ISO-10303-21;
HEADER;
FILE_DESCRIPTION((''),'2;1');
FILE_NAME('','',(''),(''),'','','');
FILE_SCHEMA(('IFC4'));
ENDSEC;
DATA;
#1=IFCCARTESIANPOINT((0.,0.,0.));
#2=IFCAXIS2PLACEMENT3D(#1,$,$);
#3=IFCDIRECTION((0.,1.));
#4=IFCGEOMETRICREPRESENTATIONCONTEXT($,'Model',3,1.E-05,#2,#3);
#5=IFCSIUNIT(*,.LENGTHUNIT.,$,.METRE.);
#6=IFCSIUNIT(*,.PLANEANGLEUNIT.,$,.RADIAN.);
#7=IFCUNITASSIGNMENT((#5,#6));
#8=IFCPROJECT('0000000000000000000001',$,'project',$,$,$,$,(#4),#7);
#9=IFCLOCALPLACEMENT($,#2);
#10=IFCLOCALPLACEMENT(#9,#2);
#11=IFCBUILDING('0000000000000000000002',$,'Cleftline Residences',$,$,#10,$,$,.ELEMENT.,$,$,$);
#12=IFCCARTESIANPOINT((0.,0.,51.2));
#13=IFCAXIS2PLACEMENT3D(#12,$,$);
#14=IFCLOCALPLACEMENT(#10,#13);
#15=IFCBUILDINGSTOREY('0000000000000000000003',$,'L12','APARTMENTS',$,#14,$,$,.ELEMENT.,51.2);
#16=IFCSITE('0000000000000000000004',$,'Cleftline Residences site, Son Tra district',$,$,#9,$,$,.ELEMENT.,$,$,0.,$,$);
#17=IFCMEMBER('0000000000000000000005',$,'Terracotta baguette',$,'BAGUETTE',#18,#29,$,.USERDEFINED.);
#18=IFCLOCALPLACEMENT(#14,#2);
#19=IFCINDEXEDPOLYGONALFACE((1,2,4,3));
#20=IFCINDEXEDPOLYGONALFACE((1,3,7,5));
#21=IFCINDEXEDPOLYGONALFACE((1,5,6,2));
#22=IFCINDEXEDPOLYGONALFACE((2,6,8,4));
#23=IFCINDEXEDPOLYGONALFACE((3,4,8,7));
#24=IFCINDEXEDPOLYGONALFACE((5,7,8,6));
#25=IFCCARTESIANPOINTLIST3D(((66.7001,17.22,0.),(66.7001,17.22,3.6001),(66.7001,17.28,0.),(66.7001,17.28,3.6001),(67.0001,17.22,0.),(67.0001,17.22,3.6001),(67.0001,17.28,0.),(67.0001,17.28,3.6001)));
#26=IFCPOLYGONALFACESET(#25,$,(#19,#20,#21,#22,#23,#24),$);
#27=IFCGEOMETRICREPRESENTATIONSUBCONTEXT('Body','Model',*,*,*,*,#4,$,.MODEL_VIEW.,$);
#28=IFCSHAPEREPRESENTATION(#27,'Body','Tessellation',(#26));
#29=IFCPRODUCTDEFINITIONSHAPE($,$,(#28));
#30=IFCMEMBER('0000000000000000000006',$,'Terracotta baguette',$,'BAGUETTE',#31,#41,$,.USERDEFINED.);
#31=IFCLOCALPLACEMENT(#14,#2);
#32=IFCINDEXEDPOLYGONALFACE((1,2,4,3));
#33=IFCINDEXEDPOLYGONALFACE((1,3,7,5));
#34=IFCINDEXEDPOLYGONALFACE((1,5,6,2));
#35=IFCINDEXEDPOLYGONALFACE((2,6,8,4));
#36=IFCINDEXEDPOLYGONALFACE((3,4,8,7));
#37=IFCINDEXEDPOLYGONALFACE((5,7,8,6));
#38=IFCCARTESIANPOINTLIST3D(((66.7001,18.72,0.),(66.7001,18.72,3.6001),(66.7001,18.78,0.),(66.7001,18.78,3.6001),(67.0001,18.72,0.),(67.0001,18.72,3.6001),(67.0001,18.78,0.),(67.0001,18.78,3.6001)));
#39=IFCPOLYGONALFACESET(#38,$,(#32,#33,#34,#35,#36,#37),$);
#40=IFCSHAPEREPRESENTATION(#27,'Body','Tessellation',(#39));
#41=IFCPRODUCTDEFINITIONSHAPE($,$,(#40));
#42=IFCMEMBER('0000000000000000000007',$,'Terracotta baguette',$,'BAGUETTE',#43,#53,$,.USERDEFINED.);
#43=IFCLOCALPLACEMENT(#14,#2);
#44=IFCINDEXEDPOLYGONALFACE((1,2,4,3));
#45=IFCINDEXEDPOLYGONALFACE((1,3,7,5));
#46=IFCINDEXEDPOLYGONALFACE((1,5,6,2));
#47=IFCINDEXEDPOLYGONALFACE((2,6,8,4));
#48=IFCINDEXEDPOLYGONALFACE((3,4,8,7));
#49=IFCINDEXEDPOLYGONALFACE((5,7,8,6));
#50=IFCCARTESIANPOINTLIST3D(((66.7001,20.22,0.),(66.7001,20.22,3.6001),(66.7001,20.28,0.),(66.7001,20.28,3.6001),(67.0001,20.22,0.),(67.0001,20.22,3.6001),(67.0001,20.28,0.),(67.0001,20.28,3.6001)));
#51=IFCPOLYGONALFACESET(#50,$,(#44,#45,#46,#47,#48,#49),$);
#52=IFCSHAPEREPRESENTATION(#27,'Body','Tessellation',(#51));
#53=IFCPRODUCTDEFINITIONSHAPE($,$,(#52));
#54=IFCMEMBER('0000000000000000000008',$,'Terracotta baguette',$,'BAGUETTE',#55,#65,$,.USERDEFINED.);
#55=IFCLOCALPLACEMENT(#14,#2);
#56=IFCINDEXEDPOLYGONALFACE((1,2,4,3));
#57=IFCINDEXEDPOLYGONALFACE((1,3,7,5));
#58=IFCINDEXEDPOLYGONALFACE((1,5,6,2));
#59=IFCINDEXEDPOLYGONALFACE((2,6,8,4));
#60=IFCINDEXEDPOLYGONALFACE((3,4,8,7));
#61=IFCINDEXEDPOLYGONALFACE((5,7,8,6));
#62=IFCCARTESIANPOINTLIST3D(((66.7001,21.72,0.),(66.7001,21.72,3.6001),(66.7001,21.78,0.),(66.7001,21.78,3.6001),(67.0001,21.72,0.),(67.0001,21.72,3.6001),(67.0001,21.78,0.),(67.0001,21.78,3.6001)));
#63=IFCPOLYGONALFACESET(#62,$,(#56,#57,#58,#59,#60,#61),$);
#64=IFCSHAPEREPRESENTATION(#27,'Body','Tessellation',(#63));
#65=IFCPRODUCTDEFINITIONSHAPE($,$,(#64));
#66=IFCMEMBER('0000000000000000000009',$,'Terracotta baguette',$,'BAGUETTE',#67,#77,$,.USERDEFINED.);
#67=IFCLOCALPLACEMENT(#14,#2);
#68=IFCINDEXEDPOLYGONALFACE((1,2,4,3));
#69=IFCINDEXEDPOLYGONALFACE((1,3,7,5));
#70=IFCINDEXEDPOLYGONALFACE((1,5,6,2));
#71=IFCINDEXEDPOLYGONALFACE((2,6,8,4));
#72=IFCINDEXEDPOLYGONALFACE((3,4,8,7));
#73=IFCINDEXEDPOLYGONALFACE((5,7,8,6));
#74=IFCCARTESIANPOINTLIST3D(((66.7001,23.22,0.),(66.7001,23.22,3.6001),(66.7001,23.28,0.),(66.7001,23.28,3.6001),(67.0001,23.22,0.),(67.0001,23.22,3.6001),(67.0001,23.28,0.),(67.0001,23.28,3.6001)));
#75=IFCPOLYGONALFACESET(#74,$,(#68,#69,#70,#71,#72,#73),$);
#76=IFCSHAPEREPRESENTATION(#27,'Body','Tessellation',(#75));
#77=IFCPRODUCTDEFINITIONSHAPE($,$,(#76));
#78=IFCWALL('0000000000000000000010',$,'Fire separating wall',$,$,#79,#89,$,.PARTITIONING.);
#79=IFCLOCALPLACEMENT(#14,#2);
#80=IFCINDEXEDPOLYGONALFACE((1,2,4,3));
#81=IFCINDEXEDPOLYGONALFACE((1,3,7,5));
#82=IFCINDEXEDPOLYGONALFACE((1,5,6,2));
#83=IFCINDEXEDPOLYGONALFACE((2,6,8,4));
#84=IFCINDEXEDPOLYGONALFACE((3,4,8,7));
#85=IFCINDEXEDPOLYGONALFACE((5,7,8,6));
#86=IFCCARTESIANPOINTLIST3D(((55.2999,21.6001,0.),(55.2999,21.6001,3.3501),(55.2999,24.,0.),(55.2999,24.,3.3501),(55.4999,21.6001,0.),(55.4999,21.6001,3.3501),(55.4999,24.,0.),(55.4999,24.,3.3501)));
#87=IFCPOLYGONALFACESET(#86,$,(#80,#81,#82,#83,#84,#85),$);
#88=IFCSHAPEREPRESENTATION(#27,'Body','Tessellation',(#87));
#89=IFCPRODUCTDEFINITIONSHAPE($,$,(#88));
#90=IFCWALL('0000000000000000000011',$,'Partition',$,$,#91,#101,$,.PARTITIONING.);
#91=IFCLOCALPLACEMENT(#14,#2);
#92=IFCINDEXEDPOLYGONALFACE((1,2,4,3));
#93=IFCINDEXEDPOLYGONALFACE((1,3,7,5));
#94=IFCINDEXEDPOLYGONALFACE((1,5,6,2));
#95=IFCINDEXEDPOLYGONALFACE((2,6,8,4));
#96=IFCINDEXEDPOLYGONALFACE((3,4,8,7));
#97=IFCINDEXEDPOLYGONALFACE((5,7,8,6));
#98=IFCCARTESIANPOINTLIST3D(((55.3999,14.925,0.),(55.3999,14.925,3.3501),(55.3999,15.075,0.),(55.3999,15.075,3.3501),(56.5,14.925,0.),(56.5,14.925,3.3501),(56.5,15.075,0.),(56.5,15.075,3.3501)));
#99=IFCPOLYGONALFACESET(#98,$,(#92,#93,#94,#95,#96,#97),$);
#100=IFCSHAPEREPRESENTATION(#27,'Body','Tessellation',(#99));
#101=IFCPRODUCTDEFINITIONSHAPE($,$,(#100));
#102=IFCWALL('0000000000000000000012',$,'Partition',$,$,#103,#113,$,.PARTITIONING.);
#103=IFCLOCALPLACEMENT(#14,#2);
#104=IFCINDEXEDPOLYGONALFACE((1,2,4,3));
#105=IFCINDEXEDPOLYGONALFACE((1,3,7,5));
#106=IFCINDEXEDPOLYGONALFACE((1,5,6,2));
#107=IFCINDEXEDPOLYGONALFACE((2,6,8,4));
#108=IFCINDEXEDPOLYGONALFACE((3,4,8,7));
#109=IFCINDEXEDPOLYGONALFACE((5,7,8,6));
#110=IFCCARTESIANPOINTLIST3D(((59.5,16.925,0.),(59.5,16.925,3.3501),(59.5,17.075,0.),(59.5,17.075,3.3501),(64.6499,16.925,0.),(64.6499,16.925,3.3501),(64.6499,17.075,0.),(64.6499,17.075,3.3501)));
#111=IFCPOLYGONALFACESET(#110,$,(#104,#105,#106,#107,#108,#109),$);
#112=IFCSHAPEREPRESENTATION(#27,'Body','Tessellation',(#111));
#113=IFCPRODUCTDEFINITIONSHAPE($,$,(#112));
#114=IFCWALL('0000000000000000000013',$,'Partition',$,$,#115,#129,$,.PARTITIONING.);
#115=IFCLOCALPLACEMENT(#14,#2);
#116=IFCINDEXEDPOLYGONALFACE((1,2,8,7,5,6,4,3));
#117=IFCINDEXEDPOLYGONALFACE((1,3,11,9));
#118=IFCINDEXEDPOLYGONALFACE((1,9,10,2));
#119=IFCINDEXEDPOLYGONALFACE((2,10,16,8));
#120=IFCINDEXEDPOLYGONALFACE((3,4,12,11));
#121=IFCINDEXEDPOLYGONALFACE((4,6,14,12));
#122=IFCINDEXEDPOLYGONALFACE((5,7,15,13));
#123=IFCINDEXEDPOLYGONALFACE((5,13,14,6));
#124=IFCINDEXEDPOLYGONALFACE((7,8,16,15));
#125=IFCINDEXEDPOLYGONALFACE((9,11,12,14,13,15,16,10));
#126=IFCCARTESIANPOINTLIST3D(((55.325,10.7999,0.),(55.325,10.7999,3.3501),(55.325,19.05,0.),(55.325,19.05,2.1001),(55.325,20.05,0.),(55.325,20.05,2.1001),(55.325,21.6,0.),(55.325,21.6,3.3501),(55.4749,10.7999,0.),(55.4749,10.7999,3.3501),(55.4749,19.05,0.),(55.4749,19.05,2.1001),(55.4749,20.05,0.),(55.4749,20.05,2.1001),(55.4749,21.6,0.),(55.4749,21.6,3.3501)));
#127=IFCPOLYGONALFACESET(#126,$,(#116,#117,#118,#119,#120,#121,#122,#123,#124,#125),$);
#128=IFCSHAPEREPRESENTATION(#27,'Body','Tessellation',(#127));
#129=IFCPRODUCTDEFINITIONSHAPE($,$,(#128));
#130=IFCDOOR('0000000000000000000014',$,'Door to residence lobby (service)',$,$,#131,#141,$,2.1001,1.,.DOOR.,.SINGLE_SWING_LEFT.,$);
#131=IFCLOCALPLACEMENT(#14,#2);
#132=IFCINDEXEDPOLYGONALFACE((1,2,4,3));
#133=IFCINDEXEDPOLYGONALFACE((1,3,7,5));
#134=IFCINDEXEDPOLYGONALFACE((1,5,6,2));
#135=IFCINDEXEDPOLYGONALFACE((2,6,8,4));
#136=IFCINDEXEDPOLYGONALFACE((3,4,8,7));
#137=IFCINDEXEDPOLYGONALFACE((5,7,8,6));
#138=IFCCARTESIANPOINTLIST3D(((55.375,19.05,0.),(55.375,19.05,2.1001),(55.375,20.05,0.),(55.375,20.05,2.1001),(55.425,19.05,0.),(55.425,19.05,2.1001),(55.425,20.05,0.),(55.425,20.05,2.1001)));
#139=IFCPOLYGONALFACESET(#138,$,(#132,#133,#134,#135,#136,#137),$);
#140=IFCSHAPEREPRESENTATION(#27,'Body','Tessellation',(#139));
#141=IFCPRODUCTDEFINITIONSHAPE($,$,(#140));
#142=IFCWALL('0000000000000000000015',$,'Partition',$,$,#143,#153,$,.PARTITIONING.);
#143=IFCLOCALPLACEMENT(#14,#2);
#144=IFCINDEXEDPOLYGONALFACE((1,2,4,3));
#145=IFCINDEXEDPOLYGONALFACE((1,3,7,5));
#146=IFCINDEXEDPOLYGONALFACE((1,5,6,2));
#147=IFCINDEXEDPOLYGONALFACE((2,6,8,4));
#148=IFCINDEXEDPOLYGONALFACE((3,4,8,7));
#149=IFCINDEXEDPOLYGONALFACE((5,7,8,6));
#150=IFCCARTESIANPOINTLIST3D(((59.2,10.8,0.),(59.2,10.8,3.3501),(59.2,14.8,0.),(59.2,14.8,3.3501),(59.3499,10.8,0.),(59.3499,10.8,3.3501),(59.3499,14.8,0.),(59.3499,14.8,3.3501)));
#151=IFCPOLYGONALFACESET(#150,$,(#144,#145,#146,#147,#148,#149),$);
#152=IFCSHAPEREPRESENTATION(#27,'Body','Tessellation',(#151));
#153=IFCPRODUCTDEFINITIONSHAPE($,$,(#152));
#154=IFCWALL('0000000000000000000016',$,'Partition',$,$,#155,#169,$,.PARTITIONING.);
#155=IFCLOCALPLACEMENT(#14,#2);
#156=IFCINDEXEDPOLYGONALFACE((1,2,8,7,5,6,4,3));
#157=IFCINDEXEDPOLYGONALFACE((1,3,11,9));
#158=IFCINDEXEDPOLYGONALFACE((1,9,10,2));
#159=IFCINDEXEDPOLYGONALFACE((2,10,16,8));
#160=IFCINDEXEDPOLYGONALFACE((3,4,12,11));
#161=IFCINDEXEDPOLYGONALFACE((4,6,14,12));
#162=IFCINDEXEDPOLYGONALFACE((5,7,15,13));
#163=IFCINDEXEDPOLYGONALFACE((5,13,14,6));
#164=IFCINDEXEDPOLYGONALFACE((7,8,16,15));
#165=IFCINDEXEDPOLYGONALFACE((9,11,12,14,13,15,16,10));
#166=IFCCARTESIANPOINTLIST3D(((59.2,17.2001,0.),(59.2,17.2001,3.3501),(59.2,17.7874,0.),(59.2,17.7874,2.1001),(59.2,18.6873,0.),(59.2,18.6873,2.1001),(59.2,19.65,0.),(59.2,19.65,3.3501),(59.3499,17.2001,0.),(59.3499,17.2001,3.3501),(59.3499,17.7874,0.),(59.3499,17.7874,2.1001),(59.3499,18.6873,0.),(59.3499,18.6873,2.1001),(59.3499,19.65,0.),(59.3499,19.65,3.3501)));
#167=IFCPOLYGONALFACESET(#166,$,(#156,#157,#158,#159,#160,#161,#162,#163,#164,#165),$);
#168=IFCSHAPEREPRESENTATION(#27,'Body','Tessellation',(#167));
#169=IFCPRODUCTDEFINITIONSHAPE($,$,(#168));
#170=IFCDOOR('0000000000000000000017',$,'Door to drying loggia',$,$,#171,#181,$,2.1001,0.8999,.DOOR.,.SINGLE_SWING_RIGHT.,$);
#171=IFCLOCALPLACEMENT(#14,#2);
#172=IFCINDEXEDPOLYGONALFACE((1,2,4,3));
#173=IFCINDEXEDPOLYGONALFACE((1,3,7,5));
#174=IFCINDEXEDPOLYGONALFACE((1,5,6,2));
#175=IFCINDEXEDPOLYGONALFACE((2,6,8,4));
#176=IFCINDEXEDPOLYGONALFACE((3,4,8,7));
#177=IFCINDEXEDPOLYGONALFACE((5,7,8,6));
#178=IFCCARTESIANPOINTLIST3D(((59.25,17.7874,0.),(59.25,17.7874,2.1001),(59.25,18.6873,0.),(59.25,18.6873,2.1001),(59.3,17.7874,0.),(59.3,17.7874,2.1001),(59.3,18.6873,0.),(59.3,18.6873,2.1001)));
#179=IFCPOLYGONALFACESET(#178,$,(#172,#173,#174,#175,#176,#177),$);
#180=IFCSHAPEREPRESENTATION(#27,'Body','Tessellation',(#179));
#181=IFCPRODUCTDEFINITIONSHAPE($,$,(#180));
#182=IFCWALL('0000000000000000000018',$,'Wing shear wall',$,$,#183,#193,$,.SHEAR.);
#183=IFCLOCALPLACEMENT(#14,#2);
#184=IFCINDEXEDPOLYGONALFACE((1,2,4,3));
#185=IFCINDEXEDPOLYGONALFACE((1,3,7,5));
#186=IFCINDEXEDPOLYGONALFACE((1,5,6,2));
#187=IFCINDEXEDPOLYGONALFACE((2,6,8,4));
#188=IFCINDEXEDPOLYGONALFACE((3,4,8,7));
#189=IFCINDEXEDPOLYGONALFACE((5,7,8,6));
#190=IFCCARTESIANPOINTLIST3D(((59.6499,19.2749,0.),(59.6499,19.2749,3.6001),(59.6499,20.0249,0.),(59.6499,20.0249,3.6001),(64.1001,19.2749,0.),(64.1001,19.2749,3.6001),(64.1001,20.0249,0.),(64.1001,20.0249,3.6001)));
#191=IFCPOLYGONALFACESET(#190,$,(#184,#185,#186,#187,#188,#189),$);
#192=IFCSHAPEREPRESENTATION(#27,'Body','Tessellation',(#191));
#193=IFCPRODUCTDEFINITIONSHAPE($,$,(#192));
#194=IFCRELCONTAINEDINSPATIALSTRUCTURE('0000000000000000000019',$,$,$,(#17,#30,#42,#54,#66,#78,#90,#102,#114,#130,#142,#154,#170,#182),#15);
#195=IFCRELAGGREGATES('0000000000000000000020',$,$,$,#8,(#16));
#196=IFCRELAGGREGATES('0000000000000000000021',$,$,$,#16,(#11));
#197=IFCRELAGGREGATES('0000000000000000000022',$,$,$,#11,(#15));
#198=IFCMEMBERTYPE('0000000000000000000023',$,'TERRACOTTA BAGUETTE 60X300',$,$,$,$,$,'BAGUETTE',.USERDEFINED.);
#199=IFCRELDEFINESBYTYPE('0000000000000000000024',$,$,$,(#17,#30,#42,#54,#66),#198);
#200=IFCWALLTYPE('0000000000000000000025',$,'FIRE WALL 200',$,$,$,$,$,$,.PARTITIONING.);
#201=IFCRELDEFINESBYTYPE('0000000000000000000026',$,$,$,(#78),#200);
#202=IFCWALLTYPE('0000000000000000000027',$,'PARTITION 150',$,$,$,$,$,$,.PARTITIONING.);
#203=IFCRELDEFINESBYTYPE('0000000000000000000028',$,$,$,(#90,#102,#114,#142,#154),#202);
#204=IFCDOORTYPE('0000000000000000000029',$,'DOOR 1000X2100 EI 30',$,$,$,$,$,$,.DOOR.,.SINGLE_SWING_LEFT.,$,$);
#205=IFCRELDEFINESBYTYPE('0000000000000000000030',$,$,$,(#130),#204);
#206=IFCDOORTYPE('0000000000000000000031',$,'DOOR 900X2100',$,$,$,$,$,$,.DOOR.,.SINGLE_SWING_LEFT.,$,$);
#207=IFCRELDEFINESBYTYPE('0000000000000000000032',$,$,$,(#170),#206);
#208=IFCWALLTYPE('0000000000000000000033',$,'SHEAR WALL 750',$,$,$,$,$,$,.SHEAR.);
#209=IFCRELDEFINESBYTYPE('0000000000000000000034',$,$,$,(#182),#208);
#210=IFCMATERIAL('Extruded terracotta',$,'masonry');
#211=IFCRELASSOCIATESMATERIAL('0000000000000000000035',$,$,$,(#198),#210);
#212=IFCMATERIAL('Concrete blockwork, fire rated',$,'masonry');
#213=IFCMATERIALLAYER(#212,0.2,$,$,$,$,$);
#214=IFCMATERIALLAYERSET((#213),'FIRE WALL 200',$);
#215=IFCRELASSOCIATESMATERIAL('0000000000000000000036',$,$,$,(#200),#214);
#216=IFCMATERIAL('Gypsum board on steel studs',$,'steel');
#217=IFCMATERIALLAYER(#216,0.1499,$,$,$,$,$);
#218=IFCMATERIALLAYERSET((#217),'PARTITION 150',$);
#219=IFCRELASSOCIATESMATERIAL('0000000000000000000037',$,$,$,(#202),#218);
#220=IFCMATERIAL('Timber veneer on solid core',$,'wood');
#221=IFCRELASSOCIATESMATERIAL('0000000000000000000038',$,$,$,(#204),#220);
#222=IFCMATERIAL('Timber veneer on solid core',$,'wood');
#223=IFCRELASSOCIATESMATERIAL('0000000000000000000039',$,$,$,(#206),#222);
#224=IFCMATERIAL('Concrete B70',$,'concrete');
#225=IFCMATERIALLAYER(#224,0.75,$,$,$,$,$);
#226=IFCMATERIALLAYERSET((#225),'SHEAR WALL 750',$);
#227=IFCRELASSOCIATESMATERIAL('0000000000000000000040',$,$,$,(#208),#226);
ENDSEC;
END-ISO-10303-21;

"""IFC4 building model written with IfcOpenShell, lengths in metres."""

from ifc_helpers import new_model, si_unit, direction, frame, frame_2d, origin, origin_2d, place, context, subcontext, project, spatial, rectangle, extrude, material, layer, layer_set, material_profile, profile_set, type_object, element, fill, save


model = new_model("IFC4")

# Units and contexts
model_context = context("Model", 3, precision=1e-05, world=origin(), true_north=direction((0.0, 1.0)))
body_context = subcontext(model_context, "Body", "Model", "MODEL_VIEW")
ifc_project = project(units=[si_unit("LENGTHUNIT", "METRE"), si_unit("PLANEANGLEUNIT", "RADIAN")], contexts=[model_context])

# Site, building, storey
site_placement = place(None, origin())
site = spatial("IfcSite", under=ifc_project, at=site_placement, Name="Cleftline Residences site, Son Tra district", CompositionType="ELEMENT", RefElevation=0.0)
building_placement = place(site_placement, origin())
building = spatial("IfcBuilding", under=site, at=building_placement, Name="Cleftline Residences", CompositionType="ELEMENT")
storey_placement = place(building_placement, frame((0.0, 0.0, 51.2)))
storey = spatial("IfcBuildingStorey", under=building, at=storey_placement, Name="L12", Description="APARTMENTS", CompositionType="ELEMENT", Elevation=51.2)

# Members
ifc_material_1 = material(Name="Extruded terracotta", Category="masonry")
ifc_material_profile_1 = material_profile(ifc_material_1, rectangle(XDim=0.0601, YDim=0.3, at=origin_2d()))
ifc_profile_set_1 = profile_set([ifc_material_profile_1], Name="Extruded terracotta")
member_type_1 = type_object("IfcMemberType", Name="TERRACOTTA BAGUETTE 60X300", ElementType="BAGUETTE", PredefinedType="USERDEFINED", material=ifc_profile_set_1)
for number, where, z_axis, x_axis, name in (
    (1, (66.8501, 17.25, 0.0), (0.0, 0.0, 1.0), (0.0, 1.0, 0.0), "Terracotta baguette"),
    (2, (66.8501, 18.75, 0.0), (0.0, 0.0, 1.0), (0.0, 1.0, 0.0), "Terracotta baguette"),
    (3, (66.8501, 20.25, 0.0), (0.0, 0.0, 1.0), (0.0, 1.0, 0.0), "Terracotta baguette"),
    (4, (66.8501, 21.75, 0.0), (0.0, 0.0, 1.0), (0.0, 1.0, 0.0), "Terracotta baguette"),
    (5, (66.8501, 23.25, 0.0), (0.0, 0.0, 1.0), (0.0, 1.0, 0.0), "Terracotta baguette"),
):
    element("IfcMember", number, at=place(storey_placement, frame(where, z_axis=z_axis, x_axis=x_axis)), inside=storey, type_object=member_type_1, Name=name, ObjectType="BAGUETTE", PredefinedType="USERDEFINED", context=body_context, shape_type="SweptSolid", body=[
        extrude(rectangle(XDim=0.0601, YDim=0.3, at=origin_2d()), origin(), (0.0, 0.0, 1.0), 3.6001),
    ])

# Walls
ifc_material_2 = material(Name="Concrete blockwork, fire rated", Category="masonry")
ifc_layer_1 = layer(ifc_material_2, 0.2)
ifc_layer_set_1 = layer_set([ifc_layer_1], Name="FIRE WALL 200")
wall_type_1 = type_object("IfcWallType", Name="FIRE WALL 200", PredefinedType="PARTITIONING", material=ifc_layer_set_1)
wall_1_placement = place(storey_placement, frame((55.3999, 21.6001, 0.0), z_axis=(0.0, 0.0, 1.0), x_axis=(0.0, 1.0, 0.0)))
element("IfcWall", 6, at=wall_1_placement, inside=storey, type_object=wall_type_1, Name="Fire separating wall", PredefinedType="PARTITIONING", context=body_context, shape_type="SweptSolid", body=[
    extrude(rectangle(XDim=2.3999, YDim=0.2, at=frame_2d((1.2, 0.0))), origin(), (0.0, 0.0, 1.0), 3.3501),
])
ifc_material_3 = material(Name="Gypsum board on steel studs", Category="steel")
ifc_layer_2 = layer(ifc_material_3, 0.1499)
ifc_layer_set_2 = layer_set([ifc_layer_2], Name="PARTITION 150")
wall_type_2 = type_object("IfcWallType", Name="PARTITION 150", PredefinedType="PARTITIONING", material=ifc_layer_set_2)
wall_2_placement = place(storey_placement, frame((55.3999, 15.0, 0.0), z_axis=(0.0, 0.0, 1.0), x_axis=(1.0, 0.0, 0.0)))
element("IfcWall", 7, at=wall_2_placement, inside=storey, type_object=wall_type_2, Name="Partition", PredefinedType="PARTITIONING", context=body_context, shape_type="SweptSolid", body=[
    extrude(rectangle(XDim=1.1001, YDim=0.1499, at=frame_2d((0.55, 0.0))), origin(), (0.0, 0.0, 1.0), 3.3501),
])
wall_3_placement = place(storey_placement, frame((59.5, 17.0, 0.0), z_axis=(0.0, 0.0, 1.0), x_axis=(1.0, 0.0, 0.0)))
element("IfcWall", 8, at=wall_3_placement, inside=storey, type_object=wall_type_2, Name="Partition", PredefinedType="PARTITIONING", context=body_context, shape_type="SweptSolid", body=[
    extrude(rectangle(XDim=5.1499, YDim=0.1499, at=frame_2d((2.575, 0.0))), origin(), (0.0, 0.0, 1.0), 3.3501),
])

# Wall, opening, door
wall_4_placement = place(storey_placement, frame((55.3999, 10.8, 0.0), z_axis=(0.0, 0.0, 1.0), x_axis=(0.0, 1.0, 0.0)))
wall_4 = element("IfcWall", 9, at=wall_4_placement, inside=storey, type_object=wall_type_2, Name="Partition", PredefinedType="PARTITIONING", context=body_context, shape_type="SweptSolid", body=[
    extrude(rectangle(XDim=10.8, YDim=0.1499, at=frame_2d((5.3999, 0.0))), origin(), (0.0, 0.0, 1.0), 3.3501),
])
opening_1_placement = place(wall_4_placement, frame((8.25, 0.0, 0.0)))
opening_1 = element("IfcOpeningElement", 10, at=opening_1_placement, cuts=wall_4, PredefinedType="OPENING", context=body_context, shape_type="SweptSolid", body=[
    extrude(rectangle(XDim=1.0, YDim=2.1001, at=frame_2d((0.5, 1.05))), frame((0.0, 0.085, 0.0), z_axis=(0.0, -1.0, 0.0), x_axis=(1.0, 0.0, 0.0)), (0.0, 0.0, 1.0), 0.1699),
])
ifc_material_4 = material(Name="Timber veneer on solid core", Category="wood")
door_type_1 = type_object("IfcDoorType", Name="DOOR 1000X2100 EI 30", OperationType="SINGLE_SWING_LEFT", PredefinedType="DOOR", material=ifc_material_4)
door_1_placement = place(opening_1_placement, origin())
door_1 = element("IfcDoor", 11, at=door_1_placement, inside=storey, type_object=door_type_1, Name="Door to residence lobby (service)", OperationType="SINGLE_SWING_LEFT", OverallHeight=2.1001, OverallWidth=1.0, PredefinedType="DOOR", context=body_context, shape_type="SweptSolid", body=[
    extrude(rectangle(XDim=1.0, YDim=2.1001, at=frame_2d((0.5, 1.05))), frame((0.0, 0.0249, 0.0), z_axis=(0.0, -1.0, 0.0), x_axis=(1.0, 0.0, 0.0)), (0.0, 0.0, 1.0), 0.05),
])
fill(opening_1, door_1)

# Wall
wall_5_placement = place(storey_placement, frame((59.2749, 10.8, 0.0), z_axis=(0.0, 0.0, 1.0), x_axis=(0.0, 1.0, 0.0)))
element("IfcWall", 12, at=wall_5_placement, inside=storey, type_object=wall_type_2, Name="Partition", PredefinedType="PARTITIONING", context=body_context, shape_type="SweptSolid", body=[
    extrude(rectangle(XDim=4.0, YDim=0.1499, at=frame_2d((2.0, 0.0))), origin(), (0.0, 0.0, 1.0), 3.3501),
])

# Wall, opening, door
wall_6_placement = place(storey_placement, frame((59.2749, 17.2, 0.0), z_axis=(0.0, 0.0, 1.0), x_axis=(0.0, 1.0, 0.0)))
wall_6 = element("IfcWall", 13, at=wall_6_placement, inside=storey, type_object=wall_type_2, Name="Partition", PredefinedType="PARTITIONING", context=body_context, shape_type="SweptSolid", body=[
    extrude(rectangle(XDim=2.45, YDim=0.1499, at=frame_2d((1.2251, 0.0))), origin(), (0.0, 0.0, 1.0), 3.3501),
])
opening_2_placement = place(wall_6_placement, frame((0.5874, 0.0, 0.0)))
opening_2 = element("IfcOpeningElement", 14, at=opening_2_placement, cuts=wall_6, PredefinedType="OPENING", context=body_context, shape_type="SweptSolid", body=[
    extrude(rectangle(XDim=0.8999, YDim=2.1001, at=frame_2d((0.45, 1.05))), frame((0.0, 0.085, 0.0), z_axis=(0.0, -1.0, 0.0), x_axis=(1.0, 0.0, 0.0)), (0.0, 0.0, 1.0), 0.1699),
])
ifc_material_5 = material(Name="Timber veneer on solid core", Category="wood")
door_type_2 = type_object("IfcDoorType", Name="DOOR 900X2100", OperationType="SINGLE_SWING_LEFT", PredefinedType="DOOR", material=ifc_material_5)
door_2_placement = place(opening_2_placement, origin())
door_2 = element("IfcDoor", 15, at=door_2_placement, inside=storey, type_object=door_type_2, Name="Door to drying loggia", OperationType="SINGLE_SWING_RIGHT", OverallHeight=2.1001, OverallWidth=0.8999, PredefinedType="DOOR", context=body_context, shape_type="SweptSolid", body=[
    extrude(rectangle(XDim=0.8999, YDim=2.1001, at=frame_2d((0.45, 1.05))), frame((0.0, 0.0249, 0.0), z_axis=(0.0, -1.0, 0.0), x_axis=(1.0, 0.0, 0.0)), (0.0, 0.0, 1.0), 0.05),
])
fill(opening_2, door_2)

# Wall
ifc_material_6 = material(Name="Concrete B70", Category="concrete")
ifc_layer_3 = layer(ifc_material_6, 0.75)
ifc_layer_set_3 = layer_set([ifc_layer_3], Name="SHEAR WALL 750")
wall_type_3 = type_object("IfcWallType", Name="SHEAR WALL 750", PredefinedType="SHEAR", material=ifc_layer_set_3)
wall_7_placement = place(storey_placement, frame((59.6499, 19.6499, 0.0), z_axis=(0.0, 0.0, 1.0), x_axis=(1.0, 0.0, 0.0)))
element("IfcWall", 16, at=wall_7_placement, inside=storey, type_object=wall_type_3, Name="Wing shear wall", PredefinedType="SHEAR", context=body_context, shape_type="SweptSolid", body=[
    extrude(rectangle(XDim=4.4502, YDim=0.75, at=frame_2d((2.2251, 0.0))), origin(), (0.0, 0.0, 1.0), 3.6001),
])

save(model, "model.ifc")
